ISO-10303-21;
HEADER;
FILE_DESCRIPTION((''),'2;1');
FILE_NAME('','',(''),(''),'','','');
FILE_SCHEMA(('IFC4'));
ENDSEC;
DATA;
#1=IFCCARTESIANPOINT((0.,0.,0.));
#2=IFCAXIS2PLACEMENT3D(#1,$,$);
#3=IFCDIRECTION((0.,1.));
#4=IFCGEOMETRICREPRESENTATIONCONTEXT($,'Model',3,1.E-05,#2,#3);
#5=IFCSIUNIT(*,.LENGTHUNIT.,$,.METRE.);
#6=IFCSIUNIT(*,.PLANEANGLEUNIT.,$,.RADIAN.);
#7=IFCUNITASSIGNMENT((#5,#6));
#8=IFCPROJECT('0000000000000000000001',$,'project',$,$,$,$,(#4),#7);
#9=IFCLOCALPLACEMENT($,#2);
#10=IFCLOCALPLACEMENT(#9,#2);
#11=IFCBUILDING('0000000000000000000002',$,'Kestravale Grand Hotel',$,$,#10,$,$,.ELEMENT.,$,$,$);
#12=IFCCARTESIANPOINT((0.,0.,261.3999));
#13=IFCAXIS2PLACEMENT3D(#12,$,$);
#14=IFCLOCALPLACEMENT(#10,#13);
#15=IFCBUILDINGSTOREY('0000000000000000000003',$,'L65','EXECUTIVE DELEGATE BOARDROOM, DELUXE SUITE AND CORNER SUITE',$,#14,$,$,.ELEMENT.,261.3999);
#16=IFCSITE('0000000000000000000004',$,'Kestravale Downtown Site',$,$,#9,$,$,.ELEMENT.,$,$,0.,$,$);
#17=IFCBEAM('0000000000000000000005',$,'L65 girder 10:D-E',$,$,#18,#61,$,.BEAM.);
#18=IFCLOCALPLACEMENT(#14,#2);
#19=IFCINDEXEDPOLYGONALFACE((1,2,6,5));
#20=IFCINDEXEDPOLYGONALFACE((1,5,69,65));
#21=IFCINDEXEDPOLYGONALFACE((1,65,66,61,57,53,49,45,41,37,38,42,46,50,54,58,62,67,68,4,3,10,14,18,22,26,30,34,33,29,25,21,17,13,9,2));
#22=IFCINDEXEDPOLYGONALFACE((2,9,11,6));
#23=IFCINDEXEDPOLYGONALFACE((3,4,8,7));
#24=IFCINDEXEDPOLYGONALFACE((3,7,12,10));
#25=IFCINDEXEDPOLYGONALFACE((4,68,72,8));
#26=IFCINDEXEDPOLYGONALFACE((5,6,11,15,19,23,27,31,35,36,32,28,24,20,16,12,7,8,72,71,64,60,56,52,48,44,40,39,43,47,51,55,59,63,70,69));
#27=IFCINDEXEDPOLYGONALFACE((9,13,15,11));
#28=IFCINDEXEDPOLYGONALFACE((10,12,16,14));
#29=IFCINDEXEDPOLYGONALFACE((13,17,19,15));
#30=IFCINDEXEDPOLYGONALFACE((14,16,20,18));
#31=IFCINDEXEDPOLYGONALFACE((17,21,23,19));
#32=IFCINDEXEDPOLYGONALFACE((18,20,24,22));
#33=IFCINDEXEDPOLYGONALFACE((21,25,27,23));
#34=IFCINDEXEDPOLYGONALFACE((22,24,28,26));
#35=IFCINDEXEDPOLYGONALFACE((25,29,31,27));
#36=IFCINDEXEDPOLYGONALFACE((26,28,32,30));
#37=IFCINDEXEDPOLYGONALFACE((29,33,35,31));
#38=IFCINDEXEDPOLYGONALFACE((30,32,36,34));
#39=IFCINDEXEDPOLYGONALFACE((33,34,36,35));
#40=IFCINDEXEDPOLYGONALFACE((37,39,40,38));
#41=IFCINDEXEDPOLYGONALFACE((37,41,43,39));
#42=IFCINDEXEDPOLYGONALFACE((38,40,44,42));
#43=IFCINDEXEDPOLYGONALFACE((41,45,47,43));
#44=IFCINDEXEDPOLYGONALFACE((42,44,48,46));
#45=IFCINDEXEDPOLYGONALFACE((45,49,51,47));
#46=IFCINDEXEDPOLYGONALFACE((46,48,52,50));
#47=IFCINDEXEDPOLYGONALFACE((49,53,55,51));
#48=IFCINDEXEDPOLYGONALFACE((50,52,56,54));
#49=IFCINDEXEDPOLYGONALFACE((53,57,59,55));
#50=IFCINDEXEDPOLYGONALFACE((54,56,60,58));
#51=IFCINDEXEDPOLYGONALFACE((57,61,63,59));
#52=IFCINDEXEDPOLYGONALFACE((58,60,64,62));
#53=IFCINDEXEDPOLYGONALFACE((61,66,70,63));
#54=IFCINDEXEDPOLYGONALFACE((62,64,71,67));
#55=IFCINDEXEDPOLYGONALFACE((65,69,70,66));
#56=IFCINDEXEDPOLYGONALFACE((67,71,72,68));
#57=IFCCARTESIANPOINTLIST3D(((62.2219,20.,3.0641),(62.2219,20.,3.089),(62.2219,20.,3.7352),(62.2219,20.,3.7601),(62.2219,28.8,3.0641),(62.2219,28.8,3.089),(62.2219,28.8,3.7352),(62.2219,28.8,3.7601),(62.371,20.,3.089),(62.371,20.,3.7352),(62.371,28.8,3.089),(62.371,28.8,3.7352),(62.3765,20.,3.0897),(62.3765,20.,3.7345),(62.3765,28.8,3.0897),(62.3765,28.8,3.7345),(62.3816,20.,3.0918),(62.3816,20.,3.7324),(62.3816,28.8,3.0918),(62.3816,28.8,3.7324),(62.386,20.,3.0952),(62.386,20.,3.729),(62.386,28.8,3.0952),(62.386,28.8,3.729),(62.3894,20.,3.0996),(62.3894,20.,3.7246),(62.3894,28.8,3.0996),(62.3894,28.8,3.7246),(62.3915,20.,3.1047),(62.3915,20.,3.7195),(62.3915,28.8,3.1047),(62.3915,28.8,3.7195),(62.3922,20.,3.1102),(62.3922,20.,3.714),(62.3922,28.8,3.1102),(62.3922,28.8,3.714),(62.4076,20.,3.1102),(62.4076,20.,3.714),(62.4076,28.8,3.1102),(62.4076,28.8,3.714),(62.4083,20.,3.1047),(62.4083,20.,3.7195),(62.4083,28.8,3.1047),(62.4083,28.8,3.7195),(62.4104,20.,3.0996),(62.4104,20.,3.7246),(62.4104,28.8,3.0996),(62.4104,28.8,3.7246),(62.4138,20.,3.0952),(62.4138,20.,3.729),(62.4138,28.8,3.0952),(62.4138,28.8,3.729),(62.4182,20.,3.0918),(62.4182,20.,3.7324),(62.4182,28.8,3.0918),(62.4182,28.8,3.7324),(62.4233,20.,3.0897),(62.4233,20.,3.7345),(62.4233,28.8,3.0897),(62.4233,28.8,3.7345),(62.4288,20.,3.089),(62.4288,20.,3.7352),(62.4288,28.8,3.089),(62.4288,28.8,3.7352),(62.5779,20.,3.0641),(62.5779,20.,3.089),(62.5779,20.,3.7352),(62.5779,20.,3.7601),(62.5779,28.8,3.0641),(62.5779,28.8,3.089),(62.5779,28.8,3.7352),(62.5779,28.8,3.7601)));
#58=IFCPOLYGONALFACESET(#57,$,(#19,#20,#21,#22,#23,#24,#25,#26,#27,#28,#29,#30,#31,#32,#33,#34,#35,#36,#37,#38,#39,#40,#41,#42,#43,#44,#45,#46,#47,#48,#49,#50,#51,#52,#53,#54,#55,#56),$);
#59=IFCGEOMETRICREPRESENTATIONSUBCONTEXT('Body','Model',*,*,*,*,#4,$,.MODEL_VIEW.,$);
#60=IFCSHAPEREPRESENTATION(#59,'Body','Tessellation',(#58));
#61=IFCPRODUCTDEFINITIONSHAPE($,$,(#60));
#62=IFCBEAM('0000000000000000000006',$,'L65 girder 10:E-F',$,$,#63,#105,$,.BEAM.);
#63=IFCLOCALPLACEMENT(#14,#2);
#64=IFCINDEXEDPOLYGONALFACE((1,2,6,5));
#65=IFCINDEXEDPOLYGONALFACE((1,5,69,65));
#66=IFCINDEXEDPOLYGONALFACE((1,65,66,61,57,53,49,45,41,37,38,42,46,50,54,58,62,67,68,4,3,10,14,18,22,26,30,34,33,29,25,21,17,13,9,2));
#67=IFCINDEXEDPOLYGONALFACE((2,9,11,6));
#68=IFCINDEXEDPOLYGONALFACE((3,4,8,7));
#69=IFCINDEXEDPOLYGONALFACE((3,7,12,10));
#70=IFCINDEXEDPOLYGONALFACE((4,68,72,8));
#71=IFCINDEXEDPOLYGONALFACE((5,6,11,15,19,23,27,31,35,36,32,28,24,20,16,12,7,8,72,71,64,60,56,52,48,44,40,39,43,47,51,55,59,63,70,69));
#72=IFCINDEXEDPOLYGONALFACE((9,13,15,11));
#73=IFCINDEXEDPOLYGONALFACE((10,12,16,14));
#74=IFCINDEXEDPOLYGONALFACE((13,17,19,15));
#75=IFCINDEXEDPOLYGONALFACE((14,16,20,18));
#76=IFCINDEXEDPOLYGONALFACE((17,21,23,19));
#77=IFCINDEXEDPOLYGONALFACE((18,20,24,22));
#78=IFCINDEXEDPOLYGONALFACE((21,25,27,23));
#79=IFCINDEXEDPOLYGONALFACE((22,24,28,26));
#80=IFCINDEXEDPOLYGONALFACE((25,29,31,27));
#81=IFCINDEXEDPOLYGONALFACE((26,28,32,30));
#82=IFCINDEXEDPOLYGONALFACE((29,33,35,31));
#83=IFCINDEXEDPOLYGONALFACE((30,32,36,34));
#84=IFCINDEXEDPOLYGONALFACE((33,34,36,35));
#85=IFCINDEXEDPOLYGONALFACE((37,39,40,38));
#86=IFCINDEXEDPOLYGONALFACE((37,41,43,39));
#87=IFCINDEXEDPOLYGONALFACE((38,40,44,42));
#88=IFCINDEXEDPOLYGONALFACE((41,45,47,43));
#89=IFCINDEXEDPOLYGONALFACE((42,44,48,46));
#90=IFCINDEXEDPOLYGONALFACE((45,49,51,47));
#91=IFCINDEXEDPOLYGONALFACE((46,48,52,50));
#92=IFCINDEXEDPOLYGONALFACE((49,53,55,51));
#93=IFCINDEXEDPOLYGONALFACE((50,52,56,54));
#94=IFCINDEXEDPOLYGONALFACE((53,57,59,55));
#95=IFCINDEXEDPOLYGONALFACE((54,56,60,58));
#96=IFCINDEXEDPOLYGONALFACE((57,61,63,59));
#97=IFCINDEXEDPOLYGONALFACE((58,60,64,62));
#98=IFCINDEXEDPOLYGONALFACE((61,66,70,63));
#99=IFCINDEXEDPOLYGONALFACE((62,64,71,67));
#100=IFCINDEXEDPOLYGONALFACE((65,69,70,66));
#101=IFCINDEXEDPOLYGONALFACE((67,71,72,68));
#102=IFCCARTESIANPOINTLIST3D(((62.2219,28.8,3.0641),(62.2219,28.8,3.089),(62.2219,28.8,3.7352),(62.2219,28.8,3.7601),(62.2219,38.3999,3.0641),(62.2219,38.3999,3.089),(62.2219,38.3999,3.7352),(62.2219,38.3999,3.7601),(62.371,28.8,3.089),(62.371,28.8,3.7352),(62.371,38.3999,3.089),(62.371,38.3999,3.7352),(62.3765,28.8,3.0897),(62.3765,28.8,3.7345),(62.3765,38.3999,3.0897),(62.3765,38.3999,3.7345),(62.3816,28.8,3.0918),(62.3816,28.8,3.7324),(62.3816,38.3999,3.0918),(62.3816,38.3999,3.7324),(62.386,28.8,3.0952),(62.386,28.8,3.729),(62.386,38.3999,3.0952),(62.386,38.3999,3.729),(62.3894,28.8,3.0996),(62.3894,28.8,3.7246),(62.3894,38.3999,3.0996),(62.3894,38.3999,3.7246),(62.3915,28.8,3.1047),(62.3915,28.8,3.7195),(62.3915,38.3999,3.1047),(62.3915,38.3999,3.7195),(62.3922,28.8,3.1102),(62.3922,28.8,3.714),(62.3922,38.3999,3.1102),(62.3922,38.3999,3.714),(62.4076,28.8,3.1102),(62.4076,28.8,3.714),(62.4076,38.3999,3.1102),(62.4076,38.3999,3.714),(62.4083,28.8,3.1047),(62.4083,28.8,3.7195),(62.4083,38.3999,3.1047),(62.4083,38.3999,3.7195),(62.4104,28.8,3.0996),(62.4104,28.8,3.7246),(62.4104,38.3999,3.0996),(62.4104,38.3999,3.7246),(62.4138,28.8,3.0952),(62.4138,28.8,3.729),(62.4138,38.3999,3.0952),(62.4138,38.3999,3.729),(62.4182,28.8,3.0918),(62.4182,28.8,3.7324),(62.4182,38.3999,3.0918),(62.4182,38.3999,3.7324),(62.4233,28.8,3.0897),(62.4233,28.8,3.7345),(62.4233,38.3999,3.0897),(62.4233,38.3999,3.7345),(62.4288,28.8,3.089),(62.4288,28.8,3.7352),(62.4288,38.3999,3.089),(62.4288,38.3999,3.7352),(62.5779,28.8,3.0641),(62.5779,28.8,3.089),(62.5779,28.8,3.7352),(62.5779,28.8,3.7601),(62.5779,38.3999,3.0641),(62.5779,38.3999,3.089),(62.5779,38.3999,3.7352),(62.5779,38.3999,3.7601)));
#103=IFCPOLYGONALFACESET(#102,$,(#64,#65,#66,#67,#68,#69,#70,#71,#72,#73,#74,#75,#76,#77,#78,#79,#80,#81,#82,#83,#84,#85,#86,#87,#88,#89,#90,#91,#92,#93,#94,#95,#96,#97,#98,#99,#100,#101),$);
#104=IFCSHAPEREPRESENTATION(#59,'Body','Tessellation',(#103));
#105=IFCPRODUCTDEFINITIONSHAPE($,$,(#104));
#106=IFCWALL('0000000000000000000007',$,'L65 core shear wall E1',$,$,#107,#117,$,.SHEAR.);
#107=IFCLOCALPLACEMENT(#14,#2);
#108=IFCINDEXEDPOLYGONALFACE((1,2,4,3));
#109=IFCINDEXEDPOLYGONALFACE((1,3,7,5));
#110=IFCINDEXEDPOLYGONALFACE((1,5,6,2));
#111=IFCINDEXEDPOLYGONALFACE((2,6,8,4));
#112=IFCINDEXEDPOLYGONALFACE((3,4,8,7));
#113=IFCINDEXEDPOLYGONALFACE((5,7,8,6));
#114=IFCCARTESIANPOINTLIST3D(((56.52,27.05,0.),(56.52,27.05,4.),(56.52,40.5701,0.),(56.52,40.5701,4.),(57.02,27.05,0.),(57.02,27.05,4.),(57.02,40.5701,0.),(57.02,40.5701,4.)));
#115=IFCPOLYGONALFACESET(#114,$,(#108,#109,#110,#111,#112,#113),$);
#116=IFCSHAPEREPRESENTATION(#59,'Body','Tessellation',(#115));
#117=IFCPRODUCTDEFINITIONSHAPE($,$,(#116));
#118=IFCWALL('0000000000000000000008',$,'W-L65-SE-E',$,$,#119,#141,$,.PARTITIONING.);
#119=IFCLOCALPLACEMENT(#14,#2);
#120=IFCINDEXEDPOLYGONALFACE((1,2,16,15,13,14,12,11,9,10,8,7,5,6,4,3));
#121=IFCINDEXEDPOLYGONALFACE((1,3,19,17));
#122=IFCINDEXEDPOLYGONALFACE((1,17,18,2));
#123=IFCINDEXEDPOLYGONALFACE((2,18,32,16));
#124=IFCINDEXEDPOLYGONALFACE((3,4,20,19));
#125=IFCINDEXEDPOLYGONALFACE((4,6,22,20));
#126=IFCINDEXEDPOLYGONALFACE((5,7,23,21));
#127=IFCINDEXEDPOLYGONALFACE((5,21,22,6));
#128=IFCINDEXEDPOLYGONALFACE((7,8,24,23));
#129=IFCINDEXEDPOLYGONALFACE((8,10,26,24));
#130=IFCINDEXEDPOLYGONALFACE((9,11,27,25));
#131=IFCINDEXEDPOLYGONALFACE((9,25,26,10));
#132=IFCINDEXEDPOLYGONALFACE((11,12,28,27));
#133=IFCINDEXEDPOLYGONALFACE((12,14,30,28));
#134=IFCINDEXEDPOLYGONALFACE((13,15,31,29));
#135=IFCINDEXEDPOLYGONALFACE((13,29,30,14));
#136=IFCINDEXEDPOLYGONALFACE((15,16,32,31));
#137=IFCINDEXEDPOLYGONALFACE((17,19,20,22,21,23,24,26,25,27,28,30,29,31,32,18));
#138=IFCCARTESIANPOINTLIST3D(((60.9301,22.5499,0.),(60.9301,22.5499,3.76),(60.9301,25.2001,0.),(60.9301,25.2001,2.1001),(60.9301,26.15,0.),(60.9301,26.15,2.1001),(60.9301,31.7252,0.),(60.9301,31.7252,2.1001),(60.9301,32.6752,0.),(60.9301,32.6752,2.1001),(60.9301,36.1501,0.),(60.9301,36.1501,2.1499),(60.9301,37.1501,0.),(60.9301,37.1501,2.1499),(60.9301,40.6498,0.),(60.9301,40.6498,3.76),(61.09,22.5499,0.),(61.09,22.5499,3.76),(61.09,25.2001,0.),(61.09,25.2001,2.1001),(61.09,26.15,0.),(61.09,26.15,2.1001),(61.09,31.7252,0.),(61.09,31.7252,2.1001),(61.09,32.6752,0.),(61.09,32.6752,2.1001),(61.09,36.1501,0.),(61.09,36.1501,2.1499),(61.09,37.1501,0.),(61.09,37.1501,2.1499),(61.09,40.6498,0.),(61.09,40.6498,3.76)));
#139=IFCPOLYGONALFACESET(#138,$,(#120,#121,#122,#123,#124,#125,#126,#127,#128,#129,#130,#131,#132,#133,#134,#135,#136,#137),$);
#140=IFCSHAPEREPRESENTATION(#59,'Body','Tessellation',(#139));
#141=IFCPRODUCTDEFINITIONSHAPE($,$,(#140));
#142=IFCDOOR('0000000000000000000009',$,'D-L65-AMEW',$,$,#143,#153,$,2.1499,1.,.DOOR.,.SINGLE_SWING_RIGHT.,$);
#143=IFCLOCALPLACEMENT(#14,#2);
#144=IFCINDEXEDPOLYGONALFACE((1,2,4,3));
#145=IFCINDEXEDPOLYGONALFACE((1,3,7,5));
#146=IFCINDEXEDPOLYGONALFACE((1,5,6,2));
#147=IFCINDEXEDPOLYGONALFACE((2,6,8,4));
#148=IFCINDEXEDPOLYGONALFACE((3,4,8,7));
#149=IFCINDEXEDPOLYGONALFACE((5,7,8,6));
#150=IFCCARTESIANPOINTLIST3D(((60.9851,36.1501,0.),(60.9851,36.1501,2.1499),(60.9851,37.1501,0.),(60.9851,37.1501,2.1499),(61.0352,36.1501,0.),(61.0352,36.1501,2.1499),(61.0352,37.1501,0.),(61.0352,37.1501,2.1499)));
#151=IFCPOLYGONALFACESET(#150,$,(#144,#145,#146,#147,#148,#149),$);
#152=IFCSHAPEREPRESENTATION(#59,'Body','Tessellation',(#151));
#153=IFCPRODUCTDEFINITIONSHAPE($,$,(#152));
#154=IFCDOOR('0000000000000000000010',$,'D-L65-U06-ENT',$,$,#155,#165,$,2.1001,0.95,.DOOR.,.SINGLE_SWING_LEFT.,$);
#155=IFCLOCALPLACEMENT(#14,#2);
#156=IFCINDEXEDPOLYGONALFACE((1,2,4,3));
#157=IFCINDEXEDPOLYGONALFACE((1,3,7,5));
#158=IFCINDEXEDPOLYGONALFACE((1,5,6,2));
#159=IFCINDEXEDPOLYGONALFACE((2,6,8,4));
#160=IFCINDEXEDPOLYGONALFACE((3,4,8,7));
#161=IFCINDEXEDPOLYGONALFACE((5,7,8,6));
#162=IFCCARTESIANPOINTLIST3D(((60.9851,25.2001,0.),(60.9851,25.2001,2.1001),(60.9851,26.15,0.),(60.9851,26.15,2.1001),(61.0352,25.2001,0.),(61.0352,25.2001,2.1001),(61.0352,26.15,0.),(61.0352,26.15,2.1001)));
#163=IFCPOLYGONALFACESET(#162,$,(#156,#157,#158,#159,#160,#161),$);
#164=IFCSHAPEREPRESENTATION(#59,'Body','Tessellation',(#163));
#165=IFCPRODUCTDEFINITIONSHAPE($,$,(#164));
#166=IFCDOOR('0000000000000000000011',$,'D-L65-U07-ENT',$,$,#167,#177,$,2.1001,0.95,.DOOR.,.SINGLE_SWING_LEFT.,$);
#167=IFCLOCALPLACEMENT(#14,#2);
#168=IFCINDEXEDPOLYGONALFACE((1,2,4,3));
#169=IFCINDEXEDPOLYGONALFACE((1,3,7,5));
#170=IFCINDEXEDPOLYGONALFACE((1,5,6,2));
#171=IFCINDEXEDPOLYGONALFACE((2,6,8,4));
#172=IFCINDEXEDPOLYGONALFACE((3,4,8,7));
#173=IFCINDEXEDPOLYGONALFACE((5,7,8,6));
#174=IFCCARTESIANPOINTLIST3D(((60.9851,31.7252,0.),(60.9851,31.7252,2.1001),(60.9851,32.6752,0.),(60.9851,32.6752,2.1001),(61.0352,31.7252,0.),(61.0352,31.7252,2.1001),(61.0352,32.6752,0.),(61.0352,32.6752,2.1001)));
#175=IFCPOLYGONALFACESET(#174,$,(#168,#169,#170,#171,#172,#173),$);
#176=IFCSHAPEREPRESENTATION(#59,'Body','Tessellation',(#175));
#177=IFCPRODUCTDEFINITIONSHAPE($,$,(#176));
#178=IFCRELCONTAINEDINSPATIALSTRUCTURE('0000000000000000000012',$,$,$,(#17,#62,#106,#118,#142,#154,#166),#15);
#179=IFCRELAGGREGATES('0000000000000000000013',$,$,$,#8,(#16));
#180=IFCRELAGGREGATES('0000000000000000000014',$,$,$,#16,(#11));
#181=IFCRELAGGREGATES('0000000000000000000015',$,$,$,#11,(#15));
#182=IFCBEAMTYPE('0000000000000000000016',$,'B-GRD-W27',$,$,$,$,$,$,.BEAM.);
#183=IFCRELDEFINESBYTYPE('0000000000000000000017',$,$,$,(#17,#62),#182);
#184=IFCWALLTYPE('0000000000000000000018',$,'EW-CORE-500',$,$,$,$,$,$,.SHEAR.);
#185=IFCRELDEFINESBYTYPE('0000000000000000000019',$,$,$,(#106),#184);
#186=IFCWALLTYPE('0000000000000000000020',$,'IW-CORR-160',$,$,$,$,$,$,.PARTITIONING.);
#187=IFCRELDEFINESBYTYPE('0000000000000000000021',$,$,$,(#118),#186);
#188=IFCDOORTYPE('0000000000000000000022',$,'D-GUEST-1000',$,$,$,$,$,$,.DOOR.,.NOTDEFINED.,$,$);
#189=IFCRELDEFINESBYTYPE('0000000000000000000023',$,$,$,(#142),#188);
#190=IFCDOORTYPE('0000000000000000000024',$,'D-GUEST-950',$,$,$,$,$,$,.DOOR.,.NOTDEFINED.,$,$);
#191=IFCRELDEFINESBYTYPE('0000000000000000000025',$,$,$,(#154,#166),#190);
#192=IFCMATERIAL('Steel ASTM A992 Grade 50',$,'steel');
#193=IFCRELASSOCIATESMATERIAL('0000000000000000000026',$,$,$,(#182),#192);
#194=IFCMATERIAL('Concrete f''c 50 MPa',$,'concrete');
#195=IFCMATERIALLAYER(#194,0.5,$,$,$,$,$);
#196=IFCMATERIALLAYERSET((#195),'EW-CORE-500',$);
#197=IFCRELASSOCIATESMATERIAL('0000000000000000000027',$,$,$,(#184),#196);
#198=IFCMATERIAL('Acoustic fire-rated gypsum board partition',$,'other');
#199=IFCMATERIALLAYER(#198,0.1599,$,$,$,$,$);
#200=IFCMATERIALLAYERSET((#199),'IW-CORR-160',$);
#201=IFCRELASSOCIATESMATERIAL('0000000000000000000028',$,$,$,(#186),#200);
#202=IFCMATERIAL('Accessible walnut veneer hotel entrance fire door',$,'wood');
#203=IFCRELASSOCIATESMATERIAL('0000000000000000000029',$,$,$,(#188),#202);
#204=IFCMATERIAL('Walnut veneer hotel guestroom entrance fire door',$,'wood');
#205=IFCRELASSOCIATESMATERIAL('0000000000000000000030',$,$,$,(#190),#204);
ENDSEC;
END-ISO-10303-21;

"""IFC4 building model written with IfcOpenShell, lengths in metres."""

from ifc_helpers import new_model, si_unit, direction, frame, frame_2d, origin, origin_2d, place, context, subcontext, project, spatial, rectangle, i_section, extrude, material, layer, layer_set, material_profile, profile_set, type_object, element, fill, save


model = new_model("IFC4")

# Units and contexts
model_context = context("Model", 3, precision=1e-05, world=origin(), true_north=direction((0.0, 1.0)))
body_context = subcontext(model_context, "Body", "Model", "MODEL_VIEW")
ifc_project = project(units=[si_unit("LENGTHUNIT", "METRE"), si_unit("PLANEANGLEUNIT", "RADIAN")], contexts=[model_context])

# Site, building, storey
site_placement = place(None, origin())
site = spatial("IfcSite", under=ifc_project, at=site_placement, Name="Kestravale Downtown Site", CompositionType="ELEMENT", RefElevation=0.0)
building_placement = place(site_placement, origin())
building = spatial("IfcBuilding", under=site, at=building_placement, Name="Kestravale Grand Hotel", CompositionType="ELEMENT")
storey_placement = place(building_placement, frame((0.0, 0.0, 261.3999)))
storey = spatial("IfcBuildingStorey", under=building, at=storey_placement, Name="L65", Description="EXECUTIVE DELEGATE BOARDROOM, DELUXE SUITE AND CORNER SUITE", CompositionType="ELEMENT", Elevation=261.3999)

# Beams
ifc_material_1 = material(Name="Steel ASTM A992 Grade 50", Category="steel")
ifc_material_profile_1 = material_profile(ifc_material_1, i_section(OverallWidth=0.356, OverallDepth=0.696, WebThickness=0.0154, FlangeThickness=0.0249, FilletRadius=0.0212, at=origin_2d()))
ifc_profile_set_1 = profile_set([ifc_material_profile_1], Name="Steel ASTM A992 Grade 50")
beam_type = type_object("IfcBeamType", Name="B-GRD-W27", PredefinedType="BEAM", material=ifc_profile_set_1)
beam_1_placement = place(storey_placement, frame((62.3999, 20.0, 3.4121), z_axis=(0.0, 1.0, 0.0), x_axis=(-1.0, 0.0, 0.0)))
element("IfcBeam", 1, at=beam_1_placement, inside=storey, type_object=beam_type, Name="L65 girder 10:D-E", PredefinedType="BEAM", context=body_context, shape_type="SweptSolid", body=[
    extrude(i_section(OverallWidth=0.356, OverallDepth=0.696, WebThickness=0.0154, FlangeThickness=0.0249, FilletRadius=0.0212, at=origin_2d()), origin(), (0.0, 0.0, 1.0), 8.8),
])
beam_2_placement = place(storey_placement, frame((62.3999, 28.8, 3.4121), z_axis=(0.0, 1.0, 0.0), x_axis=(-1.0, 0.0, 0.0)))
element("IfcBeam", 2, at=beam_2_placement, inside=storey, type_object=beam_type, Name="L65 girder 10:E-F", PredefinedType="BEAM", context=body_context, shape_type="SweptSolid", body=[
    extrude(i_section(OverallWidth=0.356, OverallDepth=0.696, WebThickness=0.0154, FlangeThickness=0.0249, FilletRadius=0.0212, at=origin_2d()), origin(), (0.0, 0.0, 1.0), 9.5999),
])

# Wall
ifc_material_2 = material(Name="Concrete f'c 50 MPa", Category="concrete")
ifc_layer_1 = layer(ifc_material_2, 0.5)
ifc_layer_set_1 = layer_set([ifc_layer_1], Name="EW-CORE-500")
wall_type_1 = type_object("IfcWallType", Name="EW-CORE-500", PredefinedType="SHEAR", material=ifc_layer_set_1)
wall_1_placement = place(storey_placement, frame((56.77, 27.05, 0.0), z_axis=(0.0, 0.0, 1.0), x_axis=(0.0, 1.0, 0.0)))
element("IfcWall", 3, at=wall_1_placement, inside=storey, type_object=wall_type_1, Name="L65 core shear wall E1", PredefinedType="SHEAR", context=body_context, shape_type="SweptSolid", body=[
    extrude(rectangle(XDim=13.52, YDim=0.5, at=frame_2d((6.76, 0.0))), origin(), (0.0, 0.0, 1.0), 4.0),
])

# Wall, openings, doors
ifc_material_3 = material(Name="Acoustic fire-rated gypsum board partition", Category="other")
ifc_layer_2 = layer(ifc_material_3, 0.1599)
ifc_layer_set_2 = layer_set([ifc_layer_2], Name="IW-CORR-160")
wall_type_2 = type_object("IfcWallType", Name="IW-CORR-160", PredefinedType="PARTITIONING", material=ifc_layer_set_2)
wall_2_placement = place(storey_placement, frame((61.01, 22.55, 0.0), z_axis=(0.0, 0.0, 1.0), x_axis=(0.0, 1.0, 0.0)))
wall_2 = element("IfcWall", 4, at=wall_2_placement, inside=storey, type_object=wall_type_2, Name="W-L65-SE-E", PredefinedType="PARTITIONING", context=body_context, shape_type="SweptSolid", body=[
    extrude(rectangle(XDim=18.0999, YDim=0.1599, at=frame_2d((9.0498, 0.0))), origin(), (0.0, 0.0, 1.0), 3.76),
])
opening_1_placement = place(wall_2_placement, frame((2.6499, 0.0, 0.0)))
opening_1 = element("IfcOpeningElement", 5, at=opening_1_placement, cuts=wall_2, PredefinedType="OPENING", context=body_context, shape_type="SweptSolid", body=[
    extrude(rectangle(XDim=0.95, YDim=2.1001, at=frame_2d((0.4751, 1.05))), frame((0.0, 0.0898, 0.0), z_axis=(0.0, -1.0, 0.0), x_axis=(1.0, 0.0, 0.0)), (0.0, 0.0, 1.0), 0.1799),
])
opening_2_placement = place(wall_2_placement, frame((9.175, 0.0, 0.0)))
opening_2 = element("IfcOpeningElement", 6, at=opening_2_placement, cuts=wall_2, PredefinedType="OPENING", context=body_context, shape_type="SweptSolid", body=[
    extrude(rectangle(XDim=0.95, YDim=2.1001, at=frame_2d((0.4751, 1.05))), frame((0.0, 0.0898, 0.0), z_axis=(0.0, -1.0, 0.0), x_axis=(1.0, 0.0, 0.0)), (0.0, 0.0, 1.0), 0.1799),
])
opening_3_placement = place(wall_2_placement, frame((13.6001, 0.0, 0.0)))
opening_3 = element("IfcOpeningElement", 7, at=opening_3_placement, cuts=wall_2, PredefinedType="OPENING", context=body_context, shape_type="SweptSolid", body=[
    extrude(rectangle(XDim=1.0, YDim=2.1499, at=frame_2d((0.5, 1.075))), frame((0.0, 0.0898, 0.0), z_axis=(0.0, -1.0, 0.0), x_axis=(1.0, 0.0, 0.0)), (0.0, 0.0, 1.0), 0.1799),
])
ifc_material_4 = material(Name="Accessible walnut veneer hotel entrance fire door", Category="wood")
door_type_1 = type_object("IfcDoorType", Name="D-GUEST-1000", OperationType="NOTDEFINED", PredefinedType="DOOR", material=ifc_material_4)
door_1_placement = place(opening_3_placement, origin())
door_1 = element("IfcDoor", 8, at=door_1_placement, inside=storey, type_object=door_type_1, Name="D-L65-AMEW", OperationType="SINGLE_SWING_RIGHT", OverallHeight=2.1499, OverallWidth=1.0, PredefinedType="DOOR", context=body_context, shape_type="SweptSolid", body=[
    extrude(rectangle(XDim=1.0, YDim=2.1499, at=frame_2d((0.5, 1.075))), frame((0.0, 0.0249, 0.0), z_axis=(0.0, -1.0, 0.0), x_axis=(1.0, 0.0, 0.0)), (0.0, 0.0, 1.0), 0.05),
])
fill(opening_3, door_1)
ifc_material_5 = material(Name="Walnut veneer hotel guestroom entrance fire door", Category="wood")
door_type_2 = type_object("IfcDoorType", Name="D-GUEST-950", OperationType="NOTDEFINED", PredefinedType="DOOR", material=ifc_material_5)
door_2_placement = place(opening_1_placement, origin())
door_2 = element("IfcDoor", 9, at=door_2_placement, inside=storey, type_object=door_type_2, Name="D-L65-U06-ENT", OperationType="SINGLE_SWING_LEFT", OverallHeight=2.1001, OverallWidth=0.95, PredefinedType="DOOR", context=body_context, shape_type="SweptSolid", body=[
    extrude(rectangle(XDim=0.95, YDim=2.1001, at=frame_2d((0.4751, 1.05))), frame((0.0, 0.0249, 0.0), z_axis=(0.0, -1.0, 0.0), x_axis=(1.0, 0.0, 0.0)), (0.0, 0.0, 1.0), 0.05),
])
fill(opening_1, door_2)
door_3_placement = place(opening_2_placement, origin())
door_3 = element("IfcDoor", 10, at=door_3_placement, inside=storey, type_object=door_type_2, Name="D-L65-U07-ENT", OperationType="SINGLE_SWING_LEFT", OverallHeight=2.1001, OverallWidth=0.95, PredefinedType="DOOR", context=body_context, shape_type="SweptSolid", body=[
    extrude(rectangle(XDim=0.95, YDim=2.1001, at=frame_2d((0.4751, 1.05))), frame((0.0, 0.0249, 0.0), z_axis=(0.0, -1.0, 0.0), x_axis=(1.0, 0.0, 0.0)), (0.0, 0.0, 1.0), 0.05),
])
fill(opening_2, door_3)

save(model, "model.ifc")
